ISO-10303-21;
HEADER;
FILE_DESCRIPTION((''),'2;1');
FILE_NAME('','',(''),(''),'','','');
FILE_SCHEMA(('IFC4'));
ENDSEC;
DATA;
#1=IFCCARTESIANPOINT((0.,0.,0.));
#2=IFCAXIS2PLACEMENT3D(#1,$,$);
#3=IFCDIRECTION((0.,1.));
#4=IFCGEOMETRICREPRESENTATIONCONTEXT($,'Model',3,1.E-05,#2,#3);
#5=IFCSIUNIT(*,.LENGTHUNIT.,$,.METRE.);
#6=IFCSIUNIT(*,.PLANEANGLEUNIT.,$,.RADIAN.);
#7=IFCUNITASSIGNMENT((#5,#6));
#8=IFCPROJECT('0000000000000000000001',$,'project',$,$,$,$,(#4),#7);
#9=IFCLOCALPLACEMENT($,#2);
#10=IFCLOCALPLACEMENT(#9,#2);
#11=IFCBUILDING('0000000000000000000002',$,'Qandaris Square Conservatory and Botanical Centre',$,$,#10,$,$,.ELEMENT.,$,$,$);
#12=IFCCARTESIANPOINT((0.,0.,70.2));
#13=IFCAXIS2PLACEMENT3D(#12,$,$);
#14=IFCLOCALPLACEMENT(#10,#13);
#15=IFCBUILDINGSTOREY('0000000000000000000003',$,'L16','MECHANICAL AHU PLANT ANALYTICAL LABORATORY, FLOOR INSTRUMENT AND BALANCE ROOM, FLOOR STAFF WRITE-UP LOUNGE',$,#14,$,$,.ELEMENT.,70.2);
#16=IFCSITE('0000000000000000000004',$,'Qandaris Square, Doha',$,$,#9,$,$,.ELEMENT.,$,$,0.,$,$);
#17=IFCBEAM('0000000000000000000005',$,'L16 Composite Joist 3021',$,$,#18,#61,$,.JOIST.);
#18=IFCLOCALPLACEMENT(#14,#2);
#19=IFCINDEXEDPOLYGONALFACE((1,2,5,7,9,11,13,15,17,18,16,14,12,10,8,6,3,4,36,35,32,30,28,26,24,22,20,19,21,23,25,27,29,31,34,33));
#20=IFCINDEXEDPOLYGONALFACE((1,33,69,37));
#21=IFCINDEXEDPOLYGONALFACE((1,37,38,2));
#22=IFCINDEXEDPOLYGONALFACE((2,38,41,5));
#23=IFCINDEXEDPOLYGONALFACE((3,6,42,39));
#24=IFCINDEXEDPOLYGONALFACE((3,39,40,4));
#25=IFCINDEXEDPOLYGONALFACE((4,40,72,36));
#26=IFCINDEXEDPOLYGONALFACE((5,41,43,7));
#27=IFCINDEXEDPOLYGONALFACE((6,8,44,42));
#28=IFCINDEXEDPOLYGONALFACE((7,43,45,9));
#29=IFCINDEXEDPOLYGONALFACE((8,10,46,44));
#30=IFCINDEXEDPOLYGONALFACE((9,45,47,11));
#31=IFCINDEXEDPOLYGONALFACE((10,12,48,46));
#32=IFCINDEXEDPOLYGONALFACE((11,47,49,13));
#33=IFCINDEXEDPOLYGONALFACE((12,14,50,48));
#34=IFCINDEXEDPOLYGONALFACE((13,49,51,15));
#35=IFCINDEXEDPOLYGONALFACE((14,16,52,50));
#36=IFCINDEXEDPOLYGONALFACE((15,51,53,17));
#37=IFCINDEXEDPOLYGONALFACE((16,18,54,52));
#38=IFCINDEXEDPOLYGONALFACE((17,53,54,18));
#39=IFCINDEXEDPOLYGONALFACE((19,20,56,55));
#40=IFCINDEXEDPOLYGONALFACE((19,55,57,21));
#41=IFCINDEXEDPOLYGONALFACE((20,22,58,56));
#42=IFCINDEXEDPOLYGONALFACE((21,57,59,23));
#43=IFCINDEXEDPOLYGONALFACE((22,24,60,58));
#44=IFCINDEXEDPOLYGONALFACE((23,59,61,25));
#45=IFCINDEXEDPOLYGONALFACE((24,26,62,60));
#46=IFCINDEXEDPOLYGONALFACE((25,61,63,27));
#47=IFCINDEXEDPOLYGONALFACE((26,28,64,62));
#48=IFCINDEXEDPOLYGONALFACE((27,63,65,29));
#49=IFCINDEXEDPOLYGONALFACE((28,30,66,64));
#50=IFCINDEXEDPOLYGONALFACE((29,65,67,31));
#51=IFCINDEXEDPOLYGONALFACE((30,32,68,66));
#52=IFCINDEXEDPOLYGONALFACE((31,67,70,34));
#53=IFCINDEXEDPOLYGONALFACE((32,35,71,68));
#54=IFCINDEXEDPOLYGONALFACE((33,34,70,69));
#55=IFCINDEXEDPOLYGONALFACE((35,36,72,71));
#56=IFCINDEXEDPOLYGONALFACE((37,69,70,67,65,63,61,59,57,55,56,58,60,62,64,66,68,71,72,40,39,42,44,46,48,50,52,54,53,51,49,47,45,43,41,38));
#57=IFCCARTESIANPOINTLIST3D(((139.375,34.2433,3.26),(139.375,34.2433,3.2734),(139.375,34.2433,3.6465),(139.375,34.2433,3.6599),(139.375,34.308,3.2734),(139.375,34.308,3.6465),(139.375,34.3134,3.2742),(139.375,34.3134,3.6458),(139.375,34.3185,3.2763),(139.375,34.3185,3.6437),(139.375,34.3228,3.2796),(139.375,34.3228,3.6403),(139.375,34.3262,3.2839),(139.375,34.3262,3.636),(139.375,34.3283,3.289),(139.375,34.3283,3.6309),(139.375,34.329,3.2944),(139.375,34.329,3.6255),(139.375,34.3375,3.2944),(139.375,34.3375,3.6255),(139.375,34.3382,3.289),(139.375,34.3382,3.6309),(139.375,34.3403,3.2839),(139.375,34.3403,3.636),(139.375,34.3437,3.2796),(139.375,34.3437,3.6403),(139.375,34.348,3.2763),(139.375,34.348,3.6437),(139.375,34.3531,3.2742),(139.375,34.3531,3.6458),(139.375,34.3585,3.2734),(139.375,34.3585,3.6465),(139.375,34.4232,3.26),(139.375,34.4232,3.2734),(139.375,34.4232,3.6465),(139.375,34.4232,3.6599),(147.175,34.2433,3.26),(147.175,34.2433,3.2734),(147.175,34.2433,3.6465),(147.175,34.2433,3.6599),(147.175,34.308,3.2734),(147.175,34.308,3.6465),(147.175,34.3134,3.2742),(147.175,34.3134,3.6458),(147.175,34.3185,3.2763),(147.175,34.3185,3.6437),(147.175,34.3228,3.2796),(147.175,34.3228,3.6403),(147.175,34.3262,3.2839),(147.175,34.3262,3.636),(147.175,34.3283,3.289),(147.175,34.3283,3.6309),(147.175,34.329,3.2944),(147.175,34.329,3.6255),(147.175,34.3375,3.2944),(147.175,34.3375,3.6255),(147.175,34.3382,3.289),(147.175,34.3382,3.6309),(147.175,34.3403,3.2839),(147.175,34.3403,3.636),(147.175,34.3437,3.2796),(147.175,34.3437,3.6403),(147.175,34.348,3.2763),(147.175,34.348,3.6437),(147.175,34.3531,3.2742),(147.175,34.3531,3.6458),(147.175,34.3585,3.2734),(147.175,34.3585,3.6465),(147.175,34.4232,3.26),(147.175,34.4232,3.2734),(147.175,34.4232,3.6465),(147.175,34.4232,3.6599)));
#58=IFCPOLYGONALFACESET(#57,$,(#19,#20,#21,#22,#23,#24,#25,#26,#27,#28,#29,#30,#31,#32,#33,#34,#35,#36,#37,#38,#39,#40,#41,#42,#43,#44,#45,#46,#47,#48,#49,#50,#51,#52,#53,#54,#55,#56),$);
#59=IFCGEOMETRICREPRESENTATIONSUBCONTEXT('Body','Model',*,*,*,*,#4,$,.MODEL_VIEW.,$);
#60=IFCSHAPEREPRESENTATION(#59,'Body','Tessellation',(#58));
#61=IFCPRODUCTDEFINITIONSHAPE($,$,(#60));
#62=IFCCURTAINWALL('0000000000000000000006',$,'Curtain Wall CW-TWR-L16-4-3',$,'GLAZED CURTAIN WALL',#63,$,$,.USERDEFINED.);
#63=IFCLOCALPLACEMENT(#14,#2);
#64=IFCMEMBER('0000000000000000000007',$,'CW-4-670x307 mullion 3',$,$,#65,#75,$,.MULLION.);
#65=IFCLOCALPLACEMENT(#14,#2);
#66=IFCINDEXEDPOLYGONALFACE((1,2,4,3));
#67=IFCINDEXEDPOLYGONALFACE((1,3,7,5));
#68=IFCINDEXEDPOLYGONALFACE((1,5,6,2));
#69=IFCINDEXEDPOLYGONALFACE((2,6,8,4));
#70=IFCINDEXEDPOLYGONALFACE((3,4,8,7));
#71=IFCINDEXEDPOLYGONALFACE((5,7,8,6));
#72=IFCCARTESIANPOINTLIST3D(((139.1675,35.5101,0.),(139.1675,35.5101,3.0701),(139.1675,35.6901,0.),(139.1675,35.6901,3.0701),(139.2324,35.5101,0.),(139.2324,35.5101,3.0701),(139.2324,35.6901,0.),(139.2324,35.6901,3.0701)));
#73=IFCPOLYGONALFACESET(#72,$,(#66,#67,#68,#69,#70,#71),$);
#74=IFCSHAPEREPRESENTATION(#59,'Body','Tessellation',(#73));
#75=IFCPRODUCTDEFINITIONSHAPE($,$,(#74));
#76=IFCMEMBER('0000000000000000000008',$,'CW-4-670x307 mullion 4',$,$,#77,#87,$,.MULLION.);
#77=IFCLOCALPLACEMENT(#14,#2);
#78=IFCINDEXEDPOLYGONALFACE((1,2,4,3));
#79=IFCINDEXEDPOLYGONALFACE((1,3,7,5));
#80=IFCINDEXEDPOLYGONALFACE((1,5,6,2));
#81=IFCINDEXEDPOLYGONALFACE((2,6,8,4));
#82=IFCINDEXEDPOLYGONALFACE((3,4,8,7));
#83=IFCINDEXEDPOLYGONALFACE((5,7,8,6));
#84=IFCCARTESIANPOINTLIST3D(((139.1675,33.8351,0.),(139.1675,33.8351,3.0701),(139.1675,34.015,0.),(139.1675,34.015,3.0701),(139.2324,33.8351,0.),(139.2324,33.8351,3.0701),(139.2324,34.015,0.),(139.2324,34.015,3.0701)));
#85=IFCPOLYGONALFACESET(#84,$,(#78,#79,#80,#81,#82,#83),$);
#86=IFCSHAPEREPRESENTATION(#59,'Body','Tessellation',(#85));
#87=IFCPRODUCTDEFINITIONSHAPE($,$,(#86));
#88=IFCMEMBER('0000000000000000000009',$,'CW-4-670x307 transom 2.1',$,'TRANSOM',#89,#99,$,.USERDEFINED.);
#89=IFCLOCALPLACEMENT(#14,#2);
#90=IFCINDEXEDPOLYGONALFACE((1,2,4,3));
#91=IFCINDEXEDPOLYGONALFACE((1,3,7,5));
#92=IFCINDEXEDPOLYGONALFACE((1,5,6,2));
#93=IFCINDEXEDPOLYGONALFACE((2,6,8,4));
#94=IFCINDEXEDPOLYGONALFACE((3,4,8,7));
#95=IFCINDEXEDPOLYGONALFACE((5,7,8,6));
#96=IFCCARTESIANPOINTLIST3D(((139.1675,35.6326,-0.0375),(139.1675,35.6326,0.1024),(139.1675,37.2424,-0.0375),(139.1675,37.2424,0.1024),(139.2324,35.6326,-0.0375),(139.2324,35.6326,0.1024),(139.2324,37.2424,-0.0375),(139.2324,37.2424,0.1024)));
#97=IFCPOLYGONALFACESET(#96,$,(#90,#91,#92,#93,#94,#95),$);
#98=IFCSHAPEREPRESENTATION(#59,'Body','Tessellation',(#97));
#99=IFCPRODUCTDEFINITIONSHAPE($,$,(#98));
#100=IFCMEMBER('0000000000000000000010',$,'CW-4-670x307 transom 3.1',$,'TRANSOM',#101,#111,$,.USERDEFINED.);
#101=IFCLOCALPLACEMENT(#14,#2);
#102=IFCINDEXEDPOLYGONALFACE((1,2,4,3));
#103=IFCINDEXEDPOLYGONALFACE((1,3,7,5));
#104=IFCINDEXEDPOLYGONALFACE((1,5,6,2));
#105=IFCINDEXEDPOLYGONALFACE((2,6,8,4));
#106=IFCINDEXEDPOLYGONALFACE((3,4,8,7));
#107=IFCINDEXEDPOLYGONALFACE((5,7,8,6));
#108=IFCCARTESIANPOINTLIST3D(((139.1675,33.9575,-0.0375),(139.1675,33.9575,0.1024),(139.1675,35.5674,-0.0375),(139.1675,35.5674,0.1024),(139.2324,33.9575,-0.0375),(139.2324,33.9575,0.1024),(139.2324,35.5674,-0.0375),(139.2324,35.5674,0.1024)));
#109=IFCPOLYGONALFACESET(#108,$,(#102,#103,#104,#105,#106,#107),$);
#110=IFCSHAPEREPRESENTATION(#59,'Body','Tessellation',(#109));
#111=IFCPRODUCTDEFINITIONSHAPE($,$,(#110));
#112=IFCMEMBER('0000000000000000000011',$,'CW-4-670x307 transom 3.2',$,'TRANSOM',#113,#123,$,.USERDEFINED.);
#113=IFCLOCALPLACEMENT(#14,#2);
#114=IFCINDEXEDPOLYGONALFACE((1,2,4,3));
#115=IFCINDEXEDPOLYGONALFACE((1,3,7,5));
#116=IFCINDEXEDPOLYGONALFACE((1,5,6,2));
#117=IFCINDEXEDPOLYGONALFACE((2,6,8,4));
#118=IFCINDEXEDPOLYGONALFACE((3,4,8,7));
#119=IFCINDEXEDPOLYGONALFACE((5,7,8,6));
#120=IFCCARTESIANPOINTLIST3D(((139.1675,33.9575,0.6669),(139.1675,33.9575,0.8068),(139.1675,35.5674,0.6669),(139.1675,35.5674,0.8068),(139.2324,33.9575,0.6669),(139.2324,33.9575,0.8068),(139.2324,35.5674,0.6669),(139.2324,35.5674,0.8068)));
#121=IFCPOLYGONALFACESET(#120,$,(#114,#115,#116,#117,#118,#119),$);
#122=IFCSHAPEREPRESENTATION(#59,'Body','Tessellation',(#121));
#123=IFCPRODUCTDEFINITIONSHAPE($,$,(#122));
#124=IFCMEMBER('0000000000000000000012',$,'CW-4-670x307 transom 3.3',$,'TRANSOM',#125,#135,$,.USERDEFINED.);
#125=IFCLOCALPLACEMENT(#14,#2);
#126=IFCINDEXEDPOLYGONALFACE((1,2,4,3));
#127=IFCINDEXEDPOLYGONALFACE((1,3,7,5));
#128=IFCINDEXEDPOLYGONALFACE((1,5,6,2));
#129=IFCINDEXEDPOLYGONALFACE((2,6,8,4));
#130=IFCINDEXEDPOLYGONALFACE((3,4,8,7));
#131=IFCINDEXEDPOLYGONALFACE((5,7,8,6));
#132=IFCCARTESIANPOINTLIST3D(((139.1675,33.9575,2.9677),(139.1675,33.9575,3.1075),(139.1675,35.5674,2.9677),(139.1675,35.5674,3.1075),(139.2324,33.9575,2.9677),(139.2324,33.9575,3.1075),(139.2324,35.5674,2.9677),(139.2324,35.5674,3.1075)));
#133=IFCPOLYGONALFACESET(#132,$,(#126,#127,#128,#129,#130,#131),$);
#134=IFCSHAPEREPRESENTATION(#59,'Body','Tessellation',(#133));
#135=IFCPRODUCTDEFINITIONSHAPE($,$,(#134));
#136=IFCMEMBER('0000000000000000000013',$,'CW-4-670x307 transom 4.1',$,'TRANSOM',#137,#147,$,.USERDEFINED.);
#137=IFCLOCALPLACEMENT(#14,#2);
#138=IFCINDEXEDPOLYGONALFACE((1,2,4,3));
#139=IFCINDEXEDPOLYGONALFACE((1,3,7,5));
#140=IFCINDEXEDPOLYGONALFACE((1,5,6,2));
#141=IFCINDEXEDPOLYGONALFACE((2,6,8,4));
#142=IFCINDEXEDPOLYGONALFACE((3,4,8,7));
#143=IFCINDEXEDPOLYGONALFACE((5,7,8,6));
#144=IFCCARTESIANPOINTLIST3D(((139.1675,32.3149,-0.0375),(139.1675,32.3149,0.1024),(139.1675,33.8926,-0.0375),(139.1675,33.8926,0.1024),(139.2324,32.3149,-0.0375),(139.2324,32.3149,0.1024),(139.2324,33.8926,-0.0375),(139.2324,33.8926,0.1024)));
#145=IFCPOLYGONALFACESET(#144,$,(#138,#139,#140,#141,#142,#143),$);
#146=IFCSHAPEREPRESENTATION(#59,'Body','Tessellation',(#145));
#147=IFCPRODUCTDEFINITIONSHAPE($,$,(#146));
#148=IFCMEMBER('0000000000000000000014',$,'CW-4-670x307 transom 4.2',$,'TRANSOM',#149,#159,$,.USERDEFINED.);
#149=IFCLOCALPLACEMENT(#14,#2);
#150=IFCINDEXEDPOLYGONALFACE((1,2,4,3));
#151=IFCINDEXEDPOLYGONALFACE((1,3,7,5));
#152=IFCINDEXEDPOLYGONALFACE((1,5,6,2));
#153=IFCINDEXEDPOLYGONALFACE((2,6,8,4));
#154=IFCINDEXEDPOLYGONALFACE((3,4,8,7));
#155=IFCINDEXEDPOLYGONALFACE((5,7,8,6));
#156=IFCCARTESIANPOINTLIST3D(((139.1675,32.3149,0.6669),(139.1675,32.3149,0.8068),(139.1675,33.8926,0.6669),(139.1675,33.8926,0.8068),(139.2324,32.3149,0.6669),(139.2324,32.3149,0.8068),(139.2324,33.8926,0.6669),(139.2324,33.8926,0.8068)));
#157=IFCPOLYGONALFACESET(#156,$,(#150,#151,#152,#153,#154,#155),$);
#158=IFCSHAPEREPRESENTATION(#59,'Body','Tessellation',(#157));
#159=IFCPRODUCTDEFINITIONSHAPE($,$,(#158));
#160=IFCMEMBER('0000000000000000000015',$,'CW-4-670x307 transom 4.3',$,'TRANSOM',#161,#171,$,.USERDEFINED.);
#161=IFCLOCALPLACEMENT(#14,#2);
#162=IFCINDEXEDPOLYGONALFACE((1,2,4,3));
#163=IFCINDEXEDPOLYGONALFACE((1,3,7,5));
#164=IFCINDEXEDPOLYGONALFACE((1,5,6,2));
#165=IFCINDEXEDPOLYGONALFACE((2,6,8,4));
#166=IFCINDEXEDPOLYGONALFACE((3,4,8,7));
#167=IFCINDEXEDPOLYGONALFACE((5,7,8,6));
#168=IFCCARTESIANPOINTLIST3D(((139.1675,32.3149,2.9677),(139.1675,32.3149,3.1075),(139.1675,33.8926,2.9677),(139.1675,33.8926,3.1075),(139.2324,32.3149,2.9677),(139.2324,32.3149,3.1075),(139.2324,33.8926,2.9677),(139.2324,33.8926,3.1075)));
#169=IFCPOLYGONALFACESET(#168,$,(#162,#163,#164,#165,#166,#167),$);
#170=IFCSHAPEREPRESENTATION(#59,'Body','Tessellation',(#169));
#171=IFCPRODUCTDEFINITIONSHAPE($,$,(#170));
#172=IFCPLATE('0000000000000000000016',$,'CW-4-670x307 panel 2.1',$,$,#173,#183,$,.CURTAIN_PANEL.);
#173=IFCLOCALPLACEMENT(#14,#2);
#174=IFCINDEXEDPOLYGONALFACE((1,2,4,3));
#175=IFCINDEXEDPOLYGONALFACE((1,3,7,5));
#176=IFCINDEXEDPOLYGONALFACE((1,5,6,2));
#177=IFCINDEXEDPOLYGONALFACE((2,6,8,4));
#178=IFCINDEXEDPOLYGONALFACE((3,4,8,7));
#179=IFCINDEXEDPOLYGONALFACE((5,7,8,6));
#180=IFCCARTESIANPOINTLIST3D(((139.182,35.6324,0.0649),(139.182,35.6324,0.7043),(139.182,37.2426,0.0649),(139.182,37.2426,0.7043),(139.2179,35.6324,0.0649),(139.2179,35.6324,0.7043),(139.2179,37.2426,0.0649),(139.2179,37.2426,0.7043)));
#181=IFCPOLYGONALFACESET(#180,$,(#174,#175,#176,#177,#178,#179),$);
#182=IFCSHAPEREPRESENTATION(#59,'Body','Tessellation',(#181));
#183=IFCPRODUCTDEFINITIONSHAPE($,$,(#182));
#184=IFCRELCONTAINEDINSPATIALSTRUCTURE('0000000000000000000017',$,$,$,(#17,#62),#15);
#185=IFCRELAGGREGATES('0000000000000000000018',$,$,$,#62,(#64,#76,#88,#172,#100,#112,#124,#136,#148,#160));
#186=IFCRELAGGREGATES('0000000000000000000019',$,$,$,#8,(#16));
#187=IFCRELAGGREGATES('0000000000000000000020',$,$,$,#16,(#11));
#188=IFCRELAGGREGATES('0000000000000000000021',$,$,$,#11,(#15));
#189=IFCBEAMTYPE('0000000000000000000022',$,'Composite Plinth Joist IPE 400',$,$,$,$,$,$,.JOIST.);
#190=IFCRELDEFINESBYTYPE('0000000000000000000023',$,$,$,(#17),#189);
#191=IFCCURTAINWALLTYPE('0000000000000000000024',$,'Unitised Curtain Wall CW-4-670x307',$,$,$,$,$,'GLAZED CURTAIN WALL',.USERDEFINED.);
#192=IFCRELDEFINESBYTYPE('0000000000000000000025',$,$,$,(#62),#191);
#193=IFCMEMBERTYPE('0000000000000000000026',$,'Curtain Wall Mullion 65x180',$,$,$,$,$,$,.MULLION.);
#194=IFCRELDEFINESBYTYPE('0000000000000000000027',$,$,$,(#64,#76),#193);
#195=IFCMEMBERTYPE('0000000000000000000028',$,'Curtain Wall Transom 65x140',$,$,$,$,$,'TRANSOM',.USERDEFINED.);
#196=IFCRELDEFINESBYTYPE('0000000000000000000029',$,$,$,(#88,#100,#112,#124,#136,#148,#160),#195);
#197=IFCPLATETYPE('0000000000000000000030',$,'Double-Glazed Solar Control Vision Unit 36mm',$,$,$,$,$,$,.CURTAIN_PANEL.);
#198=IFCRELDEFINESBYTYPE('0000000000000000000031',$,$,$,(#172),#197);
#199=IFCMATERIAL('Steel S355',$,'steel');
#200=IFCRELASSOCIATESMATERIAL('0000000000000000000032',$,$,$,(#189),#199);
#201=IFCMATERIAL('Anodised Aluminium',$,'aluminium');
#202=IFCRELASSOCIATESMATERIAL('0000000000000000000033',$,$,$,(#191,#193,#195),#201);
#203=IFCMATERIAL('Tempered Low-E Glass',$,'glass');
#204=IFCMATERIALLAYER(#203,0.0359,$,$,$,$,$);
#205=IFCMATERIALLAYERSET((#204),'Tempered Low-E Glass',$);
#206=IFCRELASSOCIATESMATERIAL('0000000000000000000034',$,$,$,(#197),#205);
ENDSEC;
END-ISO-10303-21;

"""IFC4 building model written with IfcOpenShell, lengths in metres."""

from ifc_helpers import new_model, si_unit, direction, frame, origin, origin_2d, place, context, subcontext, project, spatial, rectangle, i_section, extrude, material, layer, layer_set, material_profile, profile_set, type_object, element, aggregate, save


model = new_model("IFC4")

# Units and contexts
model_context = context("Model", 3, precision=1e-05, world=origin(), true_north=direction((0.0, 1.0)))
body_context = subcontext(model_context, "Body", "Model", "MODEL_VIEW")
ifc_project = project(units=[si_unit("LENGTHUNIT", "METRE"), si_unit("PLANEANGLEUNIT", "RADIAN")], contexts=[model_context])

# Site, building, storey
site_placement = place(None, origin())
site = spatial("IfcSite", under=ifc_project, at=site_placement, Name="Qandaris Square, Doha", CompositionType="ELEMENT", RefElevation=0.0)
building_placement = place(site_placement, origin())
building = spatial("IfcBuilding", under=site, at=building_placement, Name="Qandaris Square Conservatory and Botanical Centre", CompositionType="ELEMENT")
storey_placement = place(building_placement, frame((0.0, 0.0, 70.2)))
storey = spatial("IfcBuildingStorey", under=building, at=storey_placement, Name="L16", Description="MECHANICAL AHU PLANT ANALYTICAL LABORATORY, FLOOR INSTRUMENT AND BALANCE ROOM, FLOOR STAFF WRITE-UP LOUNGE", CompositionType="ELEMENT", Elevation=70.2)

# Beam
ifc_material_1 = material(Name="Steel S355", Category="steel")
ifc_material_profile_1 = material_profile(ifc_material_1, i_section(OverallWidth=0.1799, OverallDepth=0.3999, WebThickness=0.0085, FlangeThickness=0.0134, FilletRadius=0.021, at=origin_2d()), Name="IPE 400")
ifc_profile_set_1 = profile_set([ifc_material_profile_1], Name="Steel S355")
beam_type = type_object("IfcBeamType", Name="Composite Plinth Joist IPE 400", PredefinedType="JOIST", material=ifc_profile_set_1)
beam_placement = place(storey_placement, frame((139.375, 34.3333, 3.46), z_axis=(1.0, 0.0, 0.0), x_axis=(0.0, 1.0, 0.0)))
element("IfcBeam", 1, at=beam_placement, inside=storey, type_object=beam_type, Name="L16 Composite Joist 3021", PredefinedType="JOIST", context=body_context, shape_type="SweptSolid", body=[
    extrude(i_section(OverallWidth=0.1799, OverallDepth=0.3999, WebThickness=0.0085, FlangeThickness=0.0134, FilletRadius=0.021, at=origin_2d()), origin(), (0.0, 0.0, 1.0), 7.8),
])

# Curtain wall, members, plate
ifc_material_2 = material(Name="Anodised Aluminium", Category="aluminium")
curtain_wall_type = type_object("IfcCurtainWallType", Name="Unitised Curtain Wall CW-4-670x307", ElementType="GLAZED CURTAIN WALL", PredefinedType="USERDEFINED", material=ifc_material_2)
curtain_wall_placement = place(storey_placement, origin())
curtain_wall = element("IfcCurtainWall", 2, at=curtain_wall_placement, inside=storey, type_object=curtain_wall_type, Name="Curtain Wall CW-TWR-L16-4-3", ObjectType="GLAZED CURTAIN WALL", PredefinedType="USERDEFINED")
ifc_material_profile_2 = material_profile(ifc_material_2, rectangle(XDim=0.0649, YDim=0.1799, at=origin_2d()), Name="ALU-MUL 65x180")
ifc_profile_set_2 = profile_set([ifc_material_profile_2], Name="Anodised Aluminium")
member_type_1 = type_object("IfcMemberType", Name="Curtain Wall Mullion 65x180", PredefinedType="MULLION", material=ifc_profile_set_2)
member_1_placement = place(storey_placement, frame((139.2, 35.6001, 0.0), z_axis=(0.0, 0.0, 1.0), x_axis=(1.0, 0.0, 0.0)))
member_1 = element("IfcMember", 3, at=member_1_placement, type_object=member_type_1, Name="CW-4-670x307 mullion 3", PredefinedType="MULLION", context=body_context, shape_type="SweptSolid", body=[
    extrude(rectangle(XDim=0.0649, YDim=0.1799, at=origin_2d()), origin(), (0.0, 0.0, 1.0), 3.0701),
])
member_2_placement = place(storey_placement, frame((139.2, 33.925, 0.0), z_axis=(0.0, 0.0, 1.0), x_axis=(1.0, 0.0, 0.0)))
member_2 = element("IfcMember", 4, at=member_2_placement, type_object=member_type_1, Name="CW-4-670x307 mullion 4", PredefinedType="MULLION", context=body_context, shape_type="SweptSolid", body=[
    extrude(rectangle(XDim=0.0649, YDim=0.1799, at=origin_2d()), origin(), (0.0, 0.0, 1.0), 3.0701),
])
ifc_material_profile_3 = material_profile(ifc_material_2, rectangle(XDim=0.0649, YDim=0.1399, at=origin_2d()), Name="ALU-TRN 65x140")
ifc_profile_set_3 = profile_set([ifc_material_profile_3], Name="Anodised Aluminium")
member_type_2 = type_object("IfcMemberType", Name="Curtain Wall Transom 65x140", ElementType="TRANSOM", PredefinedType="USERDEFINED", material=ifc_profile_set_3)
member_3_placement = place(storey_placement, frame((139.2, 37.2424, 0.0325), z_axis=(0.0, -1.0, 0.0), x_axis=(1.0, 0.0, 0.0)))
member_3 = element("IfcMember", 5, at=member_3_placement, type_object=member_type_2, Name="CW-4-670x307 transom 2.1", ObjectType="TRANSOM", PredefinedType="USERDEFINED", context=body_context, shape_type="SweptSolid", body=[
    extrude(rectangle(XDim=0.0649, YDim=0.1399, at=origin_2d()), origin(), (0.0, 0.0, 1.0), 1.6099),
])
member_4_placement = place(storey_placement, frame((139.2, 35.5674, 0.0325), z_axis=(0.0, -1.0, 0.0), x_axis=(1.0, 0.0, 0.0)))
member_4 = element("IfcMember", 6, at=member_4_placement, type_object=member_type_2, Name="CW-4-670x307 transom 3.1", ObjectType="TRANSOM", PredefinedType="USERDEFINED", context=body_context, shape_type="SweptSolid", body=[
    extrude(rectangle(XDim=0.0649, YDim=0.1399, at=origin_2d()), origin(), (0.0, 0.0, 1.0), 1.6099),
])
member_5_placement = place(storey_placement, frame((139.2, 35.5674, 0.7368), z_axis=(0.0, -1.0, 0.0), x_axis=(1.0, 0.0, 0.0)))
member_5 = element("IfcMember", 7, at=member_5_placement, type_object=member_type_2, Name="CW-4-670x307 transom 3.2", ObjectType="TRANSOM", PredefinedType="USERDEFINED", context=body_context, shape_type="SweptSolid", body=[
    extrude(rectangle(XDim=0.0649, YDim=0.1399, at=origin_2d()), origin(), (0.0, 0.0, 1.0), 1.6099),
])
member_6_placement = place(storey_placement, frame((139.2, 35.5674, 3.0376), z_axis=(0.0, -1.0, 0.0), x_axis=(1.0, 0.0, 0.0)))
member_6 = element("IfcMember", 8, at=member_6_placement, type_object=member_type_2, Name="CW-4-670x307 transom 3.3", ObjectType="TRANSOM", PredefinedType="USERDEFINED", context=body_context, shape_type="SweptSolid", body=[
    extrude(rectangle(XDim=0.0649, YDim=0.1399, at=origin_2d()), origin(), (0.0, 0.0, 1.0), 1.6099),
])
member_7_placement = place(storey_placement, frame((139.2, 33.8926, 0.0325), z_axis=(0.0, -1.0, 0.0), x_axis=(1.0, 0.0, 0.0)))
member_7 = element("IfcMember", 9, at=member_7_placement, type_object=member_type_2, Name="CW-4-670x307 transom 4.1", ObjectType="TRANSOM", PredefinedType="USERDEFINED", context=body_context, shape_type="SweptSolid", body=[
    extrude(rectangle(XDim=0.0649, YDim=0.1399, at=origin_2d()), origin(), (0.0, 0.0, 1.0), 1.5776),
])
member_8_placement = place(storey_placement, frame((139.2, 33.8926, 0.7368), z_axis=(0.0, -1.0, 0.0), x_axis=(1.0, 0.0, 0.0)))
member_8 = element("IfcMember", 10, at=member_8_placement, type_object=member_type_2, Name="CW-4-670x307 transom 4.2", ObjectType="TRANSOM", PredefinedType="USERDEFINED", context=body_context, shape_type="SweptSolid", body=[
    extrude(rectangle(XDim=0.0649, YDim=0.1399, at=origin_2d()), origin(), (0.0, 0.0, 1.0), 1.5776),
])
member_9_placement = place(storey_placement, frame((139.2, 33.8926, 3.0376), z_axis=(0.0, -1.0, 0.0), x_axis=(1.0, 0.0, 0.0)))
member_9 = element("IfcMember", 11, at=member_9_placement, type_object=member_type_2, Name="CW-4-670x307 transom 4.3", ObjectType="TRANSOM", PredefinedType="USERDEFINED", context=body_context, shape_type="SweptSolid", body=[
    extrude(rectangle(XDim=0.0649, YDim=0.1399, at=origin_2d()), origin(), (0.0, 0.0, 1.0), 1.5776),
])
ifc_material_3 = material(Name="Tempered Low-E Glass", Category="glass")
ifc_layer_1 = layer(ifc_material_3, 0.0359)
ifc_layer_set_1 = layer_set([ifc_layer_1], Name="Tempered Low-E Glass")
plate_type = type_object("IfcPlateType", Name="Double-Glazed Solar Control Vision Unit 36mm", PredefinedType="CURTAIN_PANEL", material=ifc_layer_set_1)
plate_1_placement = place(storey_placement, frame((139.2, 36.4375, 0.0649), z_axis=(0.0, 0.0, 1.0), x_axis=(0.0, -1.0, 0.0)))
plate_1 = element("IfcPlate", 12, at=plate_1_placement, type_object=plate_type, Name="CW-4-670x307 panel 2.1", PredefinedType="CURTAIN_PANEL", context=body_context, shape_type="SweptSolid", body=[
    extrude(rectangle(XDim=1.6101, YDim=0.0359, at=origin_2d()), origin(), (0.0, 0.0, 1.0), 0.6394),
])
aggregate(curtain_wall, [member_1, member_2, member_3, plate_1, member_4, member_5, member_6, member_7, member_8, member_9])

save(model, "model.ifc")
